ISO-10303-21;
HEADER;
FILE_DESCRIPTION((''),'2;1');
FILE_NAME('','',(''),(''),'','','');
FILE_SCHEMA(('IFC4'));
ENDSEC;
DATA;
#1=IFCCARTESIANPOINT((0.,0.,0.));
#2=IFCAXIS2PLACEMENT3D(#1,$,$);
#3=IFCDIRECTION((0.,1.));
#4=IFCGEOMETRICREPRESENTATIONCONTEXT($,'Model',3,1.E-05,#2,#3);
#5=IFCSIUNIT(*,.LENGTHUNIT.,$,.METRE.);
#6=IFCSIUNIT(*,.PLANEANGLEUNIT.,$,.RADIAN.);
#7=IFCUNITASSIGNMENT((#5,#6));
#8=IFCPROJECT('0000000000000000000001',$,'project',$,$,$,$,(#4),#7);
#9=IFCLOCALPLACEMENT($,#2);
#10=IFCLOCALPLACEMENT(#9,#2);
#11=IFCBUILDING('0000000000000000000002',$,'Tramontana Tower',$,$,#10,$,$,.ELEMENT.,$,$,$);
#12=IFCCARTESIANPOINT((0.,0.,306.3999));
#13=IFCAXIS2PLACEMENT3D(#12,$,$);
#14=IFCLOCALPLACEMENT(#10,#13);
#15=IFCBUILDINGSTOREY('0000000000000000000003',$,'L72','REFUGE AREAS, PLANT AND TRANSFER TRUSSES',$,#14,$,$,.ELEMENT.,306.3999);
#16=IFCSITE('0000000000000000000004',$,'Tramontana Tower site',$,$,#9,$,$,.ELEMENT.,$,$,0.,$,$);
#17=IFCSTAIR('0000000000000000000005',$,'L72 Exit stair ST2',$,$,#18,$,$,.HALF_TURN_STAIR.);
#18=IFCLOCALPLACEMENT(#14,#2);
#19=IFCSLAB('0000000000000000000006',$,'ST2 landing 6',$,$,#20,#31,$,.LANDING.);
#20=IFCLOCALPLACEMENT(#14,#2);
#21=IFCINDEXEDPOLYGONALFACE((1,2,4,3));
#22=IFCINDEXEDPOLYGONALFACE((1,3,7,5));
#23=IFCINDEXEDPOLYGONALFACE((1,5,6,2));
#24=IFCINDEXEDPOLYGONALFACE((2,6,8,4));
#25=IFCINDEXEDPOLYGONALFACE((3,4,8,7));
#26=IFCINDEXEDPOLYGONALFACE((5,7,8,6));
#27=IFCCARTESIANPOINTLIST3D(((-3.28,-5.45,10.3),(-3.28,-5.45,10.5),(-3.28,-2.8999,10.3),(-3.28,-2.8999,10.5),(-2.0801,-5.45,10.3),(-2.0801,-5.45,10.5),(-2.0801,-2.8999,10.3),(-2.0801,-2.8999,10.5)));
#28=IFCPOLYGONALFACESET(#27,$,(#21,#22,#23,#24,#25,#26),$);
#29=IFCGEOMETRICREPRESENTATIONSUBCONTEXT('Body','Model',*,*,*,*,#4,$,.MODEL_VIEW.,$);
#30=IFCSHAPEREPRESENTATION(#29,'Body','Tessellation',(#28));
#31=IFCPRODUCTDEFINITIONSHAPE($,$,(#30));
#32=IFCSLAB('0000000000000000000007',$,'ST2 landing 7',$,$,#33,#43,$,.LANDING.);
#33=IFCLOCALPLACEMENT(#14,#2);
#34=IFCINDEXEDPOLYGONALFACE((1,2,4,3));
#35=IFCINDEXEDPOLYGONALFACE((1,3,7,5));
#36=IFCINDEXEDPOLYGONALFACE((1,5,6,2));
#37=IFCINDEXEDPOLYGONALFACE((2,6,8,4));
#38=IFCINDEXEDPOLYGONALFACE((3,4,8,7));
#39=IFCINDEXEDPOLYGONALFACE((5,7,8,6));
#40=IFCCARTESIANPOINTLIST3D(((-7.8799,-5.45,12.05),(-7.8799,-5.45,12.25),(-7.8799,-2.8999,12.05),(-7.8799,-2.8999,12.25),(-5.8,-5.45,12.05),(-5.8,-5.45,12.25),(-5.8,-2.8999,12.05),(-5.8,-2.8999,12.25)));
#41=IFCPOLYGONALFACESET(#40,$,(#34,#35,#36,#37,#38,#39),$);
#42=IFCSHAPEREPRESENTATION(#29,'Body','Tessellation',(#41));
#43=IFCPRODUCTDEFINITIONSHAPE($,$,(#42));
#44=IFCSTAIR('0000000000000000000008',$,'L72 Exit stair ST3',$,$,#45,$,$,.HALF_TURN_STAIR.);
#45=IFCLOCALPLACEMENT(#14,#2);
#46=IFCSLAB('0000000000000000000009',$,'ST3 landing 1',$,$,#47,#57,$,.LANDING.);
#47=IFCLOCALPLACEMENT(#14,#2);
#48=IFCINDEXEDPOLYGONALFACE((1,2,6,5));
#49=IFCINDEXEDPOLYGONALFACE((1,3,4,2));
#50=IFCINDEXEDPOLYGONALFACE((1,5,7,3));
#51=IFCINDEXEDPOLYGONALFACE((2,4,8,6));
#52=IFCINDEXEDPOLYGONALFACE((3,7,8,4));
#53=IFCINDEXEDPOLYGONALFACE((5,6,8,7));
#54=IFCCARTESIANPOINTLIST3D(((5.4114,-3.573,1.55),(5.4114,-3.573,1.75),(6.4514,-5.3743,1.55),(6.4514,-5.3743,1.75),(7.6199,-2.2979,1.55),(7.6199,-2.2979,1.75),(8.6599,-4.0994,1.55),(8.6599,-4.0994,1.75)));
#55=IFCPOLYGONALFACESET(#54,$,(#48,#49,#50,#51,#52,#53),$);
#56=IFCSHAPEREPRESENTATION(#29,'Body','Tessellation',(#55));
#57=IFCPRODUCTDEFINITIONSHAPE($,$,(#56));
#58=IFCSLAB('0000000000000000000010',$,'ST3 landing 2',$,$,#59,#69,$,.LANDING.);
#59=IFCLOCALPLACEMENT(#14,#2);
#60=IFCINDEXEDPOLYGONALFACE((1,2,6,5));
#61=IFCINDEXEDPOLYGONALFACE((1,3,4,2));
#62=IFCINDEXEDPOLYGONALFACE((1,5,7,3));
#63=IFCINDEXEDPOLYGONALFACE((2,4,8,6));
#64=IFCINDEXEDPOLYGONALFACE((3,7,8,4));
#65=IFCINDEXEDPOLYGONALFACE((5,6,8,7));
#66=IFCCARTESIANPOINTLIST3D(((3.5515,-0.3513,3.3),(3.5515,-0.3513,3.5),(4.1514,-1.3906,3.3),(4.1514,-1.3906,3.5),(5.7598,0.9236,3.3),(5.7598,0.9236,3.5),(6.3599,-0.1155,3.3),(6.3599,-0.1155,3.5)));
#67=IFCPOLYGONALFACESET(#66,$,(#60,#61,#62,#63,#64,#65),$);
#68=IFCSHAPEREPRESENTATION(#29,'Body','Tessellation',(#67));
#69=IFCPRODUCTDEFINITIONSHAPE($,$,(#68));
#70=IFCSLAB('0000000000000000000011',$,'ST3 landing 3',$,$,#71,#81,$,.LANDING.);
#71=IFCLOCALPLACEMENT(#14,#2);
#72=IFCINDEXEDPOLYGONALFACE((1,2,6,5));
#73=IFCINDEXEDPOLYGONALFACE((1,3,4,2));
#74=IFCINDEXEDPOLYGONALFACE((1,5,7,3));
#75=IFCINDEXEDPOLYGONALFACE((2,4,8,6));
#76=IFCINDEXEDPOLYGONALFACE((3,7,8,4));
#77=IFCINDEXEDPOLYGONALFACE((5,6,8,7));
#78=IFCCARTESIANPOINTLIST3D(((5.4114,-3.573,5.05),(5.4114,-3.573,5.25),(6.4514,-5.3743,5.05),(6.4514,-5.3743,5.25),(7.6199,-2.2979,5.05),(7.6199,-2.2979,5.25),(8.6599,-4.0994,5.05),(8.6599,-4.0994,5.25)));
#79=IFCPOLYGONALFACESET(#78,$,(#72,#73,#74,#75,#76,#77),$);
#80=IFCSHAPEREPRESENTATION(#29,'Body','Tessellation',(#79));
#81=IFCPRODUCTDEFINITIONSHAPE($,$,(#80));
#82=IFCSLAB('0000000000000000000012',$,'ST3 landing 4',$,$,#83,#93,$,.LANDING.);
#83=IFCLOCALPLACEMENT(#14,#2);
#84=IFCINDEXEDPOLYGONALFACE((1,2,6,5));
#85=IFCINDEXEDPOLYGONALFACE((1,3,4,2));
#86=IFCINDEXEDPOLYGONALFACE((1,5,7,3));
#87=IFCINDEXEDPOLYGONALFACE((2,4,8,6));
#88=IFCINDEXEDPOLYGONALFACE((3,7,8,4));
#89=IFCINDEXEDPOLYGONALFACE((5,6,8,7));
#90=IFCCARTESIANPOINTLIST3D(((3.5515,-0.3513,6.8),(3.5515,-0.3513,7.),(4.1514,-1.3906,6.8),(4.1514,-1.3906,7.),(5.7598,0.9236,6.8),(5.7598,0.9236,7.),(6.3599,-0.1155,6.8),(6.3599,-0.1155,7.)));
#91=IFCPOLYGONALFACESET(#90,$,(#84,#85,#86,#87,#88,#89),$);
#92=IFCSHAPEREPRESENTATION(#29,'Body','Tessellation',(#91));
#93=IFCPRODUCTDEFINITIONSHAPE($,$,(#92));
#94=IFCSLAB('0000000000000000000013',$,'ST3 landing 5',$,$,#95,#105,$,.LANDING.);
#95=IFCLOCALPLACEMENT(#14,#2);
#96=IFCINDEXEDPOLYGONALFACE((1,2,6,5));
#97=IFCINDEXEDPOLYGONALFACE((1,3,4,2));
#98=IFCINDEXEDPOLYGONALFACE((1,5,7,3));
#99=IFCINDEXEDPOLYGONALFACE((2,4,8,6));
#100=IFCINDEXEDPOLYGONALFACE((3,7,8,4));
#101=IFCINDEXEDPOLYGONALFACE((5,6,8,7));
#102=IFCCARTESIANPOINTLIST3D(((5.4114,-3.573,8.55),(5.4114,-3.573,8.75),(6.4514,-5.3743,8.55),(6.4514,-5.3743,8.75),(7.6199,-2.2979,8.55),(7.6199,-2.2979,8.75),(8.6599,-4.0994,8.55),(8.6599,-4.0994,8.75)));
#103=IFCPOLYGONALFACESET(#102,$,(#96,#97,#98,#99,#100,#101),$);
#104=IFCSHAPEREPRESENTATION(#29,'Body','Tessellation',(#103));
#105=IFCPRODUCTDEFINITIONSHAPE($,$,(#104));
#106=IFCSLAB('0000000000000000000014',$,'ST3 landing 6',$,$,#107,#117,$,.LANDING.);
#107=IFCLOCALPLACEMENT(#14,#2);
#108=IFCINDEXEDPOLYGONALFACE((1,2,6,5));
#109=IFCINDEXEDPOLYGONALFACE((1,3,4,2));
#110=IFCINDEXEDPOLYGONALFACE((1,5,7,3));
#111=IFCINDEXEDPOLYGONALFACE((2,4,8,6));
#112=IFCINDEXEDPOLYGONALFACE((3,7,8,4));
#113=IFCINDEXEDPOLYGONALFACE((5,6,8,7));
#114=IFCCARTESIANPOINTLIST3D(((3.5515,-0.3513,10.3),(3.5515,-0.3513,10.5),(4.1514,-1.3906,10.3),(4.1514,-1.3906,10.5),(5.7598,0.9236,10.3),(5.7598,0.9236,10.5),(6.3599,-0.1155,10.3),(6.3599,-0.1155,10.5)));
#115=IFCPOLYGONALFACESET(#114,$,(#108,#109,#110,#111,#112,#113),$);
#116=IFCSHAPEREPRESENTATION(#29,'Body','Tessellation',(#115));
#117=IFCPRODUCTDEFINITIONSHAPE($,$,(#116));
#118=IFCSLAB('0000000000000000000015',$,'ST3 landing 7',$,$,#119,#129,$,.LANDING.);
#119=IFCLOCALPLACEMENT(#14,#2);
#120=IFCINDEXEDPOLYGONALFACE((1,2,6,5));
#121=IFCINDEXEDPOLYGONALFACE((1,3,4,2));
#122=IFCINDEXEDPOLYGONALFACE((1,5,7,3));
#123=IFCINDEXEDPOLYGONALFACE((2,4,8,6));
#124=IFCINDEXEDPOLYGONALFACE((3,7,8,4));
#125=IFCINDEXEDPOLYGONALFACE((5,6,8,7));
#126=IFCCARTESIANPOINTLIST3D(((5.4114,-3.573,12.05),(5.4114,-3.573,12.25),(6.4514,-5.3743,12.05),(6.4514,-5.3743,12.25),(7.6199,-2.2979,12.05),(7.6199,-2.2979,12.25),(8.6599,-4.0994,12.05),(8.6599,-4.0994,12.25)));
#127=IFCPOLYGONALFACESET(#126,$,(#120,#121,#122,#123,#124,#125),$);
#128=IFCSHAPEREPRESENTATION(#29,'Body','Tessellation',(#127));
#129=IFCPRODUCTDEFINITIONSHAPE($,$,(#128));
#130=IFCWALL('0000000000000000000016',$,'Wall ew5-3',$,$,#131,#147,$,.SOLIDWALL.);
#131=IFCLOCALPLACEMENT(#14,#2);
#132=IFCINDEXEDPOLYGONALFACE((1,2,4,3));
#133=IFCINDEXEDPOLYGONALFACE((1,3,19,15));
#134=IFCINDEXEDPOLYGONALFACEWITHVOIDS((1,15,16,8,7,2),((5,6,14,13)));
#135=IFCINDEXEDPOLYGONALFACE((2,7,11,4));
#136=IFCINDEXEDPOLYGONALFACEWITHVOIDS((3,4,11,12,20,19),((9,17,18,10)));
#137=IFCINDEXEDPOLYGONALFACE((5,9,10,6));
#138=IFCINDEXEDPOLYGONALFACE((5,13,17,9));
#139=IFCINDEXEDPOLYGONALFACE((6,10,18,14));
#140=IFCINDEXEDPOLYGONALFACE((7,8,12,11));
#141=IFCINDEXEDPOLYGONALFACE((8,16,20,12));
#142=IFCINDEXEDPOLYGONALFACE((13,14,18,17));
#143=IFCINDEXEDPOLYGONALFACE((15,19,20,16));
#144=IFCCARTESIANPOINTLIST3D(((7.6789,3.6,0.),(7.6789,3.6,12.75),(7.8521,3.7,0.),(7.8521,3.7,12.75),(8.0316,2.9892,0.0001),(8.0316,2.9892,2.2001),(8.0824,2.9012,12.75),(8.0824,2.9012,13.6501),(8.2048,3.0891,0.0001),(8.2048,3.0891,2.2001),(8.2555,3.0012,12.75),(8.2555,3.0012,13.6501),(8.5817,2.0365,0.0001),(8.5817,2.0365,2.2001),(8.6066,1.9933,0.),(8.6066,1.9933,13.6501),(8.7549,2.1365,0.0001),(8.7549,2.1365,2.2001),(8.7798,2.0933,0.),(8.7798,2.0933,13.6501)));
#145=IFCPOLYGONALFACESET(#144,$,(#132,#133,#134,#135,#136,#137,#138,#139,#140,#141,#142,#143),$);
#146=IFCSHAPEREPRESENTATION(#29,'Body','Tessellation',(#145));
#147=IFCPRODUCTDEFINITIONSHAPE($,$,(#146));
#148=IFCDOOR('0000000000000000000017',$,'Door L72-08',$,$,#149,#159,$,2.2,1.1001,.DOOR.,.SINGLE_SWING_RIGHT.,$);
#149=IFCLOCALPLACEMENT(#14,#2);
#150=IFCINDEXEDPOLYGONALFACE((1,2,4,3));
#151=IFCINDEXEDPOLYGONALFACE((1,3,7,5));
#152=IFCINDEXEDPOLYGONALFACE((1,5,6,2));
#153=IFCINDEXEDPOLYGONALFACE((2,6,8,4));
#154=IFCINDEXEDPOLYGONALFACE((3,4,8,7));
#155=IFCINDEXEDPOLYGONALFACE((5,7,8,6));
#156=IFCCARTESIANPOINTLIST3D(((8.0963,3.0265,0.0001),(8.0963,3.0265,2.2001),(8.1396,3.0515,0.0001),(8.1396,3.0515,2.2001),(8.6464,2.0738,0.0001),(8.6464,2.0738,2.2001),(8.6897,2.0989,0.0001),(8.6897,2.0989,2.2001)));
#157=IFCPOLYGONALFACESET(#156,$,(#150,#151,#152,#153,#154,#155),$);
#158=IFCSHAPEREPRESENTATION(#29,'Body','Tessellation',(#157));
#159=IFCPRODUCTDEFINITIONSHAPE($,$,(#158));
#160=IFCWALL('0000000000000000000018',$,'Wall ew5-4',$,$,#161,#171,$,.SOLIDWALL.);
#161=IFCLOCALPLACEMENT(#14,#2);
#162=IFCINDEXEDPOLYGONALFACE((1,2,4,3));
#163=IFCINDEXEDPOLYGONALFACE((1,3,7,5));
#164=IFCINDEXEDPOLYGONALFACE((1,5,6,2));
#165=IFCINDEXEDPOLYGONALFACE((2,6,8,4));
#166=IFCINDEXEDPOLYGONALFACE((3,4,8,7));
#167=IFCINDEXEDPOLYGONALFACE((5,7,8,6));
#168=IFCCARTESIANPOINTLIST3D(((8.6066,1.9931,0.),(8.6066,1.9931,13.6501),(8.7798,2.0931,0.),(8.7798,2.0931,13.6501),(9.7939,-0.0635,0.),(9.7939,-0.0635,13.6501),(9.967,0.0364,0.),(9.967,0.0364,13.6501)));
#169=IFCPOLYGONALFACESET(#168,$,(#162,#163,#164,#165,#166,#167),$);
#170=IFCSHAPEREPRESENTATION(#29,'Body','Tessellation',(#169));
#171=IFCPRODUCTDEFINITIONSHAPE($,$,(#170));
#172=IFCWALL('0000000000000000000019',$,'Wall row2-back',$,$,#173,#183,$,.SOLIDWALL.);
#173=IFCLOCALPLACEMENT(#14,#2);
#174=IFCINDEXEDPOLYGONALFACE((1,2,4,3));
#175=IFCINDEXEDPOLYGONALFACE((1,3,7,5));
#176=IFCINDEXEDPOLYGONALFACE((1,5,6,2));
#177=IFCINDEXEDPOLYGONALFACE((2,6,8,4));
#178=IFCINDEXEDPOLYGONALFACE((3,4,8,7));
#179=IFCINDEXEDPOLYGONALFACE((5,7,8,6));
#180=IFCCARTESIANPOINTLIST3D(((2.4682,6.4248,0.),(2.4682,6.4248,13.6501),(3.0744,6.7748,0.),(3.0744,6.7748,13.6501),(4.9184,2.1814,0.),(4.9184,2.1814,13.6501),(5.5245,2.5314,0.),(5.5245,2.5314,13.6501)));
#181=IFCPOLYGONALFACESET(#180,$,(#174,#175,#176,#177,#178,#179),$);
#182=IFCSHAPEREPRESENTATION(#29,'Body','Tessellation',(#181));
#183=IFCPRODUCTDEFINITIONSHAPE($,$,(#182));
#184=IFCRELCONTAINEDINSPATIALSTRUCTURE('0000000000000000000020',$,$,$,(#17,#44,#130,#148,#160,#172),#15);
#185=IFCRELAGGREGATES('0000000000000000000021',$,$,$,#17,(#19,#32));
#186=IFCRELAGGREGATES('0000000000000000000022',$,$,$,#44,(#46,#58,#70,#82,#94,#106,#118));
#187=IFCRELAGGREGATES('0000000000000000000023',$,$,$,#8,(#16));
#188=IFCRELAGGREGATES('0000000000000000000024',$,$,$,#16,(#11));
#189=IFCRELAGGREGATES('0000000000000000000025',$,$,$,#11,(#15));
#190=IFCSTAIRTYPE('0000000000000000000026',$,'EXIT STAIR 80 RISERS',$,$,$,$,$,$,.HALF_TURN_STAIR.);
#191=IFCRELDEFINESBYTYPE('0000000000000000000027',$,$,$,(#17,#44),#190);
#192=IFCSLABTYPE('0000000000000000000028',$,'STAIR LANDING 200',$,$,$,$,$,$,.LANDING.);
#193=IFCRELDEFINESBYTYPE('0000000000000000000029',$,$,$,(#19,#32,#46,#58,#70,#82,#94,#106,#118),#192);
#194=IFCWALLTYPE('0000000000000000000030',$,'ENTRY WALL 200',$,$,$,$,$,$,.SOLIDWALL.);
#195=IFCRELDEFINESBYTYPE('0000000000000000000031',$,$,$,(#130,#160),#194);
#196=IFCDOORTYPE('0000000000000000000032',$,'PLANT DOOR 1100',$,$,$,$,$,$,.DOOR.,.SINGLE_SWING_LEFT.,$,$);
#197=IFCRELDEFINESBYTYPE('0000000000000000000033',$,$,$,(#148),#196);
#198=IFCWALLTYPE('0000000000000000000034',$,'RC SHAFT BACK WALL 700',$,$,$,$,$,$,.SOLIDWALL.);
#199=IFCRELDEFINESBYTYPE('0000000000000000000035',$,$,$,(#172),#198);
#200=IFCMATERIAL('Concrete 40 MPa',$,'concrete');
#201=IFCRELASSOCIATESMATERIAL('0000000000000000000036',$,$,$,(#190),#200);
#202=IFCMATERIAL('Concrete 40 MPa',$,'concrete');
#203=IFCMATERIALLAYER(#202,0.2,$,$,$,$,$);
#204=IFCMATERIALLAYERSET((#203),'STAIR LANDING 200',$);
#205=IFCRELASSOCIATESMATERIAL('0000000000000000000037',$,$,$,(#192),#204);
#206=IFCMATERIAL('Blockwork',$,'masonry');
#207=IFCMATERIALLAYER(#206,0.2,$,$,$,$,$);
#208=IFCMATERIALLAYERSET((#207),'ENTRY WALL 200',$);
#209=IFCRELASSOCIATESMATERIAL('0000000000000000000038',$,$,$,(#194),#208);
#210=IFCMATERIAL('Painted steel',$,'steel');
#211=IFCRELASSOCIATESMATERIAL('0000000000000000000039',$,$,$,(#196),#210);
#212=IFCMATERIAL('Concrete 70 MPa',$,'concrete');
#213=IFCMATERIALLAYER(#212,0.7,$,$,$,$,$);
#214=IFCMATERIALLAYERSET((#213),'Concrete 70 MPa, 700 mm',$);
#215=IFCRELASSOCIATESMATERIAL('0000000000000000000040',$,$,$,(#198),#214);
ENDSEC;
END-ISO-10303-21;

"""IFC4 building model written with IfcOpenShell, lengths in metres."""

from ifc_helpers import new_model, si_unit, direction, frame, frame_2d, origin, place, context, subcontext, project, spatial, polyline, rectangle, outline, extrude, material, layer, layer_set, type_object, element, fill, aggregate, save


model = new_model("IFC4")

# Units and contexts
model_context = context("Model", 3, precision=1e-05, world=origin(), true_north=direction((0.0, 1.0)))
body_context = subcontext(model_context, "Body", "Model", "MODEL_VIEW")
ifc_project = project(units=[si_unit("LENGTHUNIT", "METRE"), si_unit("PLANEANGLEUNIT", "RADIAN")], contexts=[model_context])

# Site, building, storey
site_placement = place(None, origin())
site = spatial("IfcSite", under=ifc_project, at=site_placement, Name="Tramontana Tower site", CompositionType="ELEMENT", RefElevation=0.0)
building_placement = place(site_placement, origin())
building = spatial("IfcBuilding", under=site, at=building_placement, Name="Tramontana Tower", CompositionType="ELEMENT")
storey_placement = place(building_placement, frame((0.0, 0.0, 306.3999)))
storey = spatial("IfcBuildingStorey", under=building, at=storey_placement, Name="L72", Description="REFUGE AREAS, PLANT AND TRANSFER TRUSSES", CompositionType="ELEMENT", Elevation=306.3999)

# Stairs, slabs
ifc_material_1 = material(Name="Concrete 40 MPa", Category="concrete")
stair_type = type_object("IfcStairType", Name="EXIT STAIR 80 RISERS", PredefinedType="HALF_TURN_STAIR", material=ifc_material_1)
ifc_material_2 = material(Name="Concrete 40 MPa", Category="concrete")
ifc_layer_1 = layer(ifc_material_2, 0.2)
ifc_layer_set_1 = layer_set([ifc_layer_1], Name="STAIR LANDING 200")
slab_type = type_object("IfcSlabType", Name="STAIR LANDING 200", PredefinedType="LANDING", material=ifc_layer_set_1)
stair_1_placement = place(storey_placement, origin())
stair_1 = element("IfcStair", 1, at=stair_1_placement, inside=storey, type_object=stair_type, Name="L72 Exit stair ST2", PredefinedType="HALF_TURN_STAIR")
slab_1_placement = place(storey_placement, frame((0.0, 0.0, 10.3)))
slab_1 = element("IfcSlab", 2, at=slab_1_placement, type_object=slab_type, Name="ST2 landing 6", PredefinedType="LANDING", context=body_context, shape_type="SweptSolid", body=[
    extrude(outline(polyline([(-2.0801, -2.8999), (-3.28, -2.8999), (-3.28, -5.45), (-2.0801, -5.45), (-2.0801, -2.8999)])), origin(), (0.0, 0.0, 1.0), 0.2),
])
slab_2_placement = place(storey_placement, frame((0.0, 0.0, 12.05)))
slab_2 = element("IfcSlab", 3, at=slab_2_placement, type_object=slab_type, Name="ST2 landing 7", PredefinedType="LANDING", context=body_context, shape_type="SweptSolid", body=[
    extrude(outline(polyline([(-5.8, -2.8999), (-7.8799, -2.8999), (-7.8799, -5.45), (-5.8, -5.45), (-5.8, -2.8999)])), origin(), (0.0, 0.0, 1.0), 0.2),
])
aggregate(stair_1, [slab_1, slab_2])
stair_2_placement = place(storey_placement, origin())
stair_2 = element("IfcStair", 4, at=stair_2_placement, inside=storey, type_object=stair_type, Name="L72 Exit stair ST3", PredefinedType="HALF_TURN_STAIR")
slab_3_placement = place(storey_placement, frame((0.0, 0.0, 1.55)))
slab_3 = element("IfcSlab", 5, at=slab_3_placement, type_object=slab_type, Name="ST3 landing 1", PredefinedType="LANDING", context=body_context, shape_type="SweptSolid", body=[
    extrude(outline(polyline([(5.4114, -3.573), (6.4514, -5.3743), (8.6599, -4.0994), (7.6199, -2.2979), (5.4114, -3.573)])), origin(), (0.0, 0.0, 1.0), 0.2),
])
slab_4_placement = place(storey_placement, frame((0.0, 0.0, 3.3)))
slab_4 = element("IfcSlab", 6, at=slab_4_placement, type_object=slab_type, Name="ST3 landing 2", PredefinedType="LANDING", context=body_context, shape_type="SweptSolid", body=[
    extrude(outline(polyline([(3.5515, -0.3513), (4.1514, -1.3906), (6.3599, -0.1155), (5.7598, 0.9236), (3.5515, -0.3513)])), origin(), (0.0, 0.0, 1.0), 0.2),
])
slab_5_placement = place(storey_placement, frame((0.0, 0.0, 5.05)))
slab_5 = element("IfcSlab", 7, at=slab_5_placement, type_object=slab_type, Name="ST3 landing 3", PredefinedType="LANDING", context=body_context, shape_type="SweptSolid", body=[
    extrude(outline(polyline([(5.4114, -3.573), (6.4514, -5.3743), (8.6599, -4.0994), (7.6199, -2.2979), (5.4114, -3.573)])), origin(), (0.0, 0.0, 1.0), 0.2),
])
slab_6_placement = place(storey_placement, frame((0.0, 0.0, 6.8)))
slab_6 = element("IfcSlab", 8, at=slab_6_placement, type_object=slab_type, Name="ST3 landing 4", PredefinedType="LANDING", context=body_context, shape_type="SweptSolid", body=[
    extrude(outline(polyline([(3.5515, -0.3513), (4.1514, -1.3906), (6.3599, -0.1155), (5.7598, 0.9236), (3.5515, -0.3513)])), origin(), (0.0, 0.0, 1.0), 0.2),
])
slab_7_placement = place(storey_placement, frame((0.0, 0.0, 8.55)))
slab_7 = element("IfcSlab", 9, at=slab_7_placement, type_object=slab_type, Name="ST3 landing 5", PredefinedType="LANDING", context=body_context, shape_type="SweptSolid", body=[
    extrude(outline(polyline([(5.4114, -3.573), (6.4514, -5.3743), (8.6599, -4.0994), (7.6199, -2.2979), (5.4114, -3.573)])), origin(), (0.0, 0.0, 1.0), 0.2),
])
slab_8_placement = place(storey_placement, frame((0.0, 0.0, 10.3)))
slab_8 = element("IfcSlab", 10, at=slab_8_placement, type_object=slab_type, Name="ST3 landing 6", PredefinedType="LANDING", context=body_context, shape_type="SweptSolid", body=[
    extrude(outline(polyline([(3.5515, -0.3513), (4.1514, -1.3906), (6.3599, -0.1155), (5.7598, 0.9236), (3.5515, -0.3513)])), origin(), (0.0, 0.0, 1.0), 0.2),
])
slab_9_placement = place(storey_placement, frame((0.0, 0.0, 12.05)))
slab_9 = element("IfcSlab", 11, at=slab_9_placement, type_object=slab_type, Name="ST3 landing 7", PredefinedType="LANDING", context=body_context, shape_type="SweptSolid", body=[
    extrude(outline(polyline([(5.4114, -3.573), (6.4514, -5.3743), (8.6599, -4.0994), (7.6199, -2.2979), (5.4114, -3.573)])), origin(), (0.0, 0.0, 1.0), 0.2),
])
aggregate(stair_2, [slab_3, slab_4, slab_5, slab_6, slab_7, slab_8, slab_9])

# Wall, opening, door
ifc_material_3 = material(Name="Blockwork", Category="masonry")
ifc_layer_2 = layer(ifc_material_3, 0.2)
ifc_layer_set_2 = layer_set([ifc_layer_2], Name="ENTRY WALL 200")
wall_type_1 = type_object("IfcWallType", Name="ENTRY WALL 200", PredefinedType="SOLIDWALL", material=ifc_layer_set_2)
wall_1_placement = place(storey_placement, frame((7.7654, 3.6499, 0.0), z_axis=(0.0, 0.0, 1.0), x_axis=(0.500045, -0.865999, 0.0)))
wall_1 = element("IfcWall", 12, at=wall_1_placement, inside=storey, type_object=wall_type_1, Name="Wall ew5-3", PredefinedType="SOLIDWALL", context=body_context, shape_type="SweptSolid", body=[
    extrude(outline(polyline([(0.0, 0.0), (1.8552, 0.0), (1.8552, 13.6501), (0.8069, 13.6501), (0.8069, 12.75), (0.0, 12.75), (0.0, 0.0)])), frame((0.0, 0.1001, 0.0), z_axis=(0.0, -1.0, 0.0), x_axis=(1.0, 0.0, 0.0)), (0.0, 0.0, 1.0), 0.2),
])
opening_1_placement = place(wall_1_placement, frame((0.7053, 0.0, 0.0)))
opening_1 = element("IfcOpeningElement", 13, at=opening_1_placement, cuts=wall_1, PredefinedType="OPENING", context=body_context, shape_type="SweptSolid", body=[
    extrude(rectangle(XDim=1.1001, YDim=2.2, at=frame_2d((0.55, 1.1001))), frame((0.0, 0.1099, 0.0), z_axis=(0.0, -1.0, 0.0), x_axis=(1.0, 0.0, 0.0)), (0.0, 0.0, 1.0), 0.22),
])
ifc_material_4 = material(Name="Painted steel", Category="steel")
door_type_1 = type_object("IfcDoorType", Name="PLANT DOOR 1100", OperationType="SINGLE_SWING_LEFT", PredefinedType="DOOR", material=ifc_material_4)
door_1_placement = place(opening_1_placement, origin())
door_1 = element("IfcDoor", 14, at=door_1_placement, inside=storey, type_object=door_type_1, Name="Door L72-08", OperationType="SINGLE_SWING_RIGHT", OverallHeight=2.2, OverallWidth=1.1001, PredefinedType="DOOR", context=body_context, shape_type="SweptSolid", body=[
    extrude(rectangle(XDim=1.1001, YDim=2.2, at=frame_2d((0.55, 1.1001))), frame((0.0, 0.0249, 0.0), z_axis=(0.0, -1.0, 0.0), x_axis=(1.0, 0.0, 0.0)), (0.0, 0.0, 1.0), 0.05),
])
fill(opening_1, door_1)

# Walls
wall_2_placement = place(storey_placement, frame((8.6931, 2.0432, 0.0), z_axis=(0.0, 0.0, 1.0), x_axis=(0.499954, -0.866052, 0.0)))
element("IfcWall", 15, at=wall_2_placement, inside=storey, type_object=wall_type_1, Name="Wall ew5-4", PredefinedType="SOLIDWALL", context=body_context, shape_type="SweptSolid", body=[
    extrude(rectangle(XDim=2.3748, YDim=0.2, at=frame_2d((1.1875, 0.0))), origin(), (0.0, 0.0, 1.0), 13.6501),
])
ifc_material_5 = material(Name="Concrete 70 MPa", Category="concrete")
ifc_layer_3 = layer(ifc_material_5, 0.7)
ifc_layer_set_3 = layer_set([ifc_layer_3], Name="Concrete 70 MPa, 700 mm")
wall_type_2 = type_object("IfcWallType", Name="RC SHAFT BACK WALL 700", PredefinedType="SOLIDWALL", material=ifc_layer_set_3)
wall_3_placement = place(storey_placement, frame((5.2214, 2.3564, 0.0), z_axis=(0.0, 0.0, 1.0), x_axis=(-0.50004, 0.866002, 0.0)))
element("IfcWall", 16, at=wall_3_placement, inside=storey, type_object=wall_type_2, Name="Wall row2-back", PredefinedType="SOLIDWALL", context=body_context, shape_type="SweptSolid", body=[
    extrude(rectangle(XDim=4.8999, YDim=0.7, at=frame_2d((2.45, 0.0))), origin(), (0.0, 0.0, 1.0), 13.6501),
])

save(model, "model.ifc")
